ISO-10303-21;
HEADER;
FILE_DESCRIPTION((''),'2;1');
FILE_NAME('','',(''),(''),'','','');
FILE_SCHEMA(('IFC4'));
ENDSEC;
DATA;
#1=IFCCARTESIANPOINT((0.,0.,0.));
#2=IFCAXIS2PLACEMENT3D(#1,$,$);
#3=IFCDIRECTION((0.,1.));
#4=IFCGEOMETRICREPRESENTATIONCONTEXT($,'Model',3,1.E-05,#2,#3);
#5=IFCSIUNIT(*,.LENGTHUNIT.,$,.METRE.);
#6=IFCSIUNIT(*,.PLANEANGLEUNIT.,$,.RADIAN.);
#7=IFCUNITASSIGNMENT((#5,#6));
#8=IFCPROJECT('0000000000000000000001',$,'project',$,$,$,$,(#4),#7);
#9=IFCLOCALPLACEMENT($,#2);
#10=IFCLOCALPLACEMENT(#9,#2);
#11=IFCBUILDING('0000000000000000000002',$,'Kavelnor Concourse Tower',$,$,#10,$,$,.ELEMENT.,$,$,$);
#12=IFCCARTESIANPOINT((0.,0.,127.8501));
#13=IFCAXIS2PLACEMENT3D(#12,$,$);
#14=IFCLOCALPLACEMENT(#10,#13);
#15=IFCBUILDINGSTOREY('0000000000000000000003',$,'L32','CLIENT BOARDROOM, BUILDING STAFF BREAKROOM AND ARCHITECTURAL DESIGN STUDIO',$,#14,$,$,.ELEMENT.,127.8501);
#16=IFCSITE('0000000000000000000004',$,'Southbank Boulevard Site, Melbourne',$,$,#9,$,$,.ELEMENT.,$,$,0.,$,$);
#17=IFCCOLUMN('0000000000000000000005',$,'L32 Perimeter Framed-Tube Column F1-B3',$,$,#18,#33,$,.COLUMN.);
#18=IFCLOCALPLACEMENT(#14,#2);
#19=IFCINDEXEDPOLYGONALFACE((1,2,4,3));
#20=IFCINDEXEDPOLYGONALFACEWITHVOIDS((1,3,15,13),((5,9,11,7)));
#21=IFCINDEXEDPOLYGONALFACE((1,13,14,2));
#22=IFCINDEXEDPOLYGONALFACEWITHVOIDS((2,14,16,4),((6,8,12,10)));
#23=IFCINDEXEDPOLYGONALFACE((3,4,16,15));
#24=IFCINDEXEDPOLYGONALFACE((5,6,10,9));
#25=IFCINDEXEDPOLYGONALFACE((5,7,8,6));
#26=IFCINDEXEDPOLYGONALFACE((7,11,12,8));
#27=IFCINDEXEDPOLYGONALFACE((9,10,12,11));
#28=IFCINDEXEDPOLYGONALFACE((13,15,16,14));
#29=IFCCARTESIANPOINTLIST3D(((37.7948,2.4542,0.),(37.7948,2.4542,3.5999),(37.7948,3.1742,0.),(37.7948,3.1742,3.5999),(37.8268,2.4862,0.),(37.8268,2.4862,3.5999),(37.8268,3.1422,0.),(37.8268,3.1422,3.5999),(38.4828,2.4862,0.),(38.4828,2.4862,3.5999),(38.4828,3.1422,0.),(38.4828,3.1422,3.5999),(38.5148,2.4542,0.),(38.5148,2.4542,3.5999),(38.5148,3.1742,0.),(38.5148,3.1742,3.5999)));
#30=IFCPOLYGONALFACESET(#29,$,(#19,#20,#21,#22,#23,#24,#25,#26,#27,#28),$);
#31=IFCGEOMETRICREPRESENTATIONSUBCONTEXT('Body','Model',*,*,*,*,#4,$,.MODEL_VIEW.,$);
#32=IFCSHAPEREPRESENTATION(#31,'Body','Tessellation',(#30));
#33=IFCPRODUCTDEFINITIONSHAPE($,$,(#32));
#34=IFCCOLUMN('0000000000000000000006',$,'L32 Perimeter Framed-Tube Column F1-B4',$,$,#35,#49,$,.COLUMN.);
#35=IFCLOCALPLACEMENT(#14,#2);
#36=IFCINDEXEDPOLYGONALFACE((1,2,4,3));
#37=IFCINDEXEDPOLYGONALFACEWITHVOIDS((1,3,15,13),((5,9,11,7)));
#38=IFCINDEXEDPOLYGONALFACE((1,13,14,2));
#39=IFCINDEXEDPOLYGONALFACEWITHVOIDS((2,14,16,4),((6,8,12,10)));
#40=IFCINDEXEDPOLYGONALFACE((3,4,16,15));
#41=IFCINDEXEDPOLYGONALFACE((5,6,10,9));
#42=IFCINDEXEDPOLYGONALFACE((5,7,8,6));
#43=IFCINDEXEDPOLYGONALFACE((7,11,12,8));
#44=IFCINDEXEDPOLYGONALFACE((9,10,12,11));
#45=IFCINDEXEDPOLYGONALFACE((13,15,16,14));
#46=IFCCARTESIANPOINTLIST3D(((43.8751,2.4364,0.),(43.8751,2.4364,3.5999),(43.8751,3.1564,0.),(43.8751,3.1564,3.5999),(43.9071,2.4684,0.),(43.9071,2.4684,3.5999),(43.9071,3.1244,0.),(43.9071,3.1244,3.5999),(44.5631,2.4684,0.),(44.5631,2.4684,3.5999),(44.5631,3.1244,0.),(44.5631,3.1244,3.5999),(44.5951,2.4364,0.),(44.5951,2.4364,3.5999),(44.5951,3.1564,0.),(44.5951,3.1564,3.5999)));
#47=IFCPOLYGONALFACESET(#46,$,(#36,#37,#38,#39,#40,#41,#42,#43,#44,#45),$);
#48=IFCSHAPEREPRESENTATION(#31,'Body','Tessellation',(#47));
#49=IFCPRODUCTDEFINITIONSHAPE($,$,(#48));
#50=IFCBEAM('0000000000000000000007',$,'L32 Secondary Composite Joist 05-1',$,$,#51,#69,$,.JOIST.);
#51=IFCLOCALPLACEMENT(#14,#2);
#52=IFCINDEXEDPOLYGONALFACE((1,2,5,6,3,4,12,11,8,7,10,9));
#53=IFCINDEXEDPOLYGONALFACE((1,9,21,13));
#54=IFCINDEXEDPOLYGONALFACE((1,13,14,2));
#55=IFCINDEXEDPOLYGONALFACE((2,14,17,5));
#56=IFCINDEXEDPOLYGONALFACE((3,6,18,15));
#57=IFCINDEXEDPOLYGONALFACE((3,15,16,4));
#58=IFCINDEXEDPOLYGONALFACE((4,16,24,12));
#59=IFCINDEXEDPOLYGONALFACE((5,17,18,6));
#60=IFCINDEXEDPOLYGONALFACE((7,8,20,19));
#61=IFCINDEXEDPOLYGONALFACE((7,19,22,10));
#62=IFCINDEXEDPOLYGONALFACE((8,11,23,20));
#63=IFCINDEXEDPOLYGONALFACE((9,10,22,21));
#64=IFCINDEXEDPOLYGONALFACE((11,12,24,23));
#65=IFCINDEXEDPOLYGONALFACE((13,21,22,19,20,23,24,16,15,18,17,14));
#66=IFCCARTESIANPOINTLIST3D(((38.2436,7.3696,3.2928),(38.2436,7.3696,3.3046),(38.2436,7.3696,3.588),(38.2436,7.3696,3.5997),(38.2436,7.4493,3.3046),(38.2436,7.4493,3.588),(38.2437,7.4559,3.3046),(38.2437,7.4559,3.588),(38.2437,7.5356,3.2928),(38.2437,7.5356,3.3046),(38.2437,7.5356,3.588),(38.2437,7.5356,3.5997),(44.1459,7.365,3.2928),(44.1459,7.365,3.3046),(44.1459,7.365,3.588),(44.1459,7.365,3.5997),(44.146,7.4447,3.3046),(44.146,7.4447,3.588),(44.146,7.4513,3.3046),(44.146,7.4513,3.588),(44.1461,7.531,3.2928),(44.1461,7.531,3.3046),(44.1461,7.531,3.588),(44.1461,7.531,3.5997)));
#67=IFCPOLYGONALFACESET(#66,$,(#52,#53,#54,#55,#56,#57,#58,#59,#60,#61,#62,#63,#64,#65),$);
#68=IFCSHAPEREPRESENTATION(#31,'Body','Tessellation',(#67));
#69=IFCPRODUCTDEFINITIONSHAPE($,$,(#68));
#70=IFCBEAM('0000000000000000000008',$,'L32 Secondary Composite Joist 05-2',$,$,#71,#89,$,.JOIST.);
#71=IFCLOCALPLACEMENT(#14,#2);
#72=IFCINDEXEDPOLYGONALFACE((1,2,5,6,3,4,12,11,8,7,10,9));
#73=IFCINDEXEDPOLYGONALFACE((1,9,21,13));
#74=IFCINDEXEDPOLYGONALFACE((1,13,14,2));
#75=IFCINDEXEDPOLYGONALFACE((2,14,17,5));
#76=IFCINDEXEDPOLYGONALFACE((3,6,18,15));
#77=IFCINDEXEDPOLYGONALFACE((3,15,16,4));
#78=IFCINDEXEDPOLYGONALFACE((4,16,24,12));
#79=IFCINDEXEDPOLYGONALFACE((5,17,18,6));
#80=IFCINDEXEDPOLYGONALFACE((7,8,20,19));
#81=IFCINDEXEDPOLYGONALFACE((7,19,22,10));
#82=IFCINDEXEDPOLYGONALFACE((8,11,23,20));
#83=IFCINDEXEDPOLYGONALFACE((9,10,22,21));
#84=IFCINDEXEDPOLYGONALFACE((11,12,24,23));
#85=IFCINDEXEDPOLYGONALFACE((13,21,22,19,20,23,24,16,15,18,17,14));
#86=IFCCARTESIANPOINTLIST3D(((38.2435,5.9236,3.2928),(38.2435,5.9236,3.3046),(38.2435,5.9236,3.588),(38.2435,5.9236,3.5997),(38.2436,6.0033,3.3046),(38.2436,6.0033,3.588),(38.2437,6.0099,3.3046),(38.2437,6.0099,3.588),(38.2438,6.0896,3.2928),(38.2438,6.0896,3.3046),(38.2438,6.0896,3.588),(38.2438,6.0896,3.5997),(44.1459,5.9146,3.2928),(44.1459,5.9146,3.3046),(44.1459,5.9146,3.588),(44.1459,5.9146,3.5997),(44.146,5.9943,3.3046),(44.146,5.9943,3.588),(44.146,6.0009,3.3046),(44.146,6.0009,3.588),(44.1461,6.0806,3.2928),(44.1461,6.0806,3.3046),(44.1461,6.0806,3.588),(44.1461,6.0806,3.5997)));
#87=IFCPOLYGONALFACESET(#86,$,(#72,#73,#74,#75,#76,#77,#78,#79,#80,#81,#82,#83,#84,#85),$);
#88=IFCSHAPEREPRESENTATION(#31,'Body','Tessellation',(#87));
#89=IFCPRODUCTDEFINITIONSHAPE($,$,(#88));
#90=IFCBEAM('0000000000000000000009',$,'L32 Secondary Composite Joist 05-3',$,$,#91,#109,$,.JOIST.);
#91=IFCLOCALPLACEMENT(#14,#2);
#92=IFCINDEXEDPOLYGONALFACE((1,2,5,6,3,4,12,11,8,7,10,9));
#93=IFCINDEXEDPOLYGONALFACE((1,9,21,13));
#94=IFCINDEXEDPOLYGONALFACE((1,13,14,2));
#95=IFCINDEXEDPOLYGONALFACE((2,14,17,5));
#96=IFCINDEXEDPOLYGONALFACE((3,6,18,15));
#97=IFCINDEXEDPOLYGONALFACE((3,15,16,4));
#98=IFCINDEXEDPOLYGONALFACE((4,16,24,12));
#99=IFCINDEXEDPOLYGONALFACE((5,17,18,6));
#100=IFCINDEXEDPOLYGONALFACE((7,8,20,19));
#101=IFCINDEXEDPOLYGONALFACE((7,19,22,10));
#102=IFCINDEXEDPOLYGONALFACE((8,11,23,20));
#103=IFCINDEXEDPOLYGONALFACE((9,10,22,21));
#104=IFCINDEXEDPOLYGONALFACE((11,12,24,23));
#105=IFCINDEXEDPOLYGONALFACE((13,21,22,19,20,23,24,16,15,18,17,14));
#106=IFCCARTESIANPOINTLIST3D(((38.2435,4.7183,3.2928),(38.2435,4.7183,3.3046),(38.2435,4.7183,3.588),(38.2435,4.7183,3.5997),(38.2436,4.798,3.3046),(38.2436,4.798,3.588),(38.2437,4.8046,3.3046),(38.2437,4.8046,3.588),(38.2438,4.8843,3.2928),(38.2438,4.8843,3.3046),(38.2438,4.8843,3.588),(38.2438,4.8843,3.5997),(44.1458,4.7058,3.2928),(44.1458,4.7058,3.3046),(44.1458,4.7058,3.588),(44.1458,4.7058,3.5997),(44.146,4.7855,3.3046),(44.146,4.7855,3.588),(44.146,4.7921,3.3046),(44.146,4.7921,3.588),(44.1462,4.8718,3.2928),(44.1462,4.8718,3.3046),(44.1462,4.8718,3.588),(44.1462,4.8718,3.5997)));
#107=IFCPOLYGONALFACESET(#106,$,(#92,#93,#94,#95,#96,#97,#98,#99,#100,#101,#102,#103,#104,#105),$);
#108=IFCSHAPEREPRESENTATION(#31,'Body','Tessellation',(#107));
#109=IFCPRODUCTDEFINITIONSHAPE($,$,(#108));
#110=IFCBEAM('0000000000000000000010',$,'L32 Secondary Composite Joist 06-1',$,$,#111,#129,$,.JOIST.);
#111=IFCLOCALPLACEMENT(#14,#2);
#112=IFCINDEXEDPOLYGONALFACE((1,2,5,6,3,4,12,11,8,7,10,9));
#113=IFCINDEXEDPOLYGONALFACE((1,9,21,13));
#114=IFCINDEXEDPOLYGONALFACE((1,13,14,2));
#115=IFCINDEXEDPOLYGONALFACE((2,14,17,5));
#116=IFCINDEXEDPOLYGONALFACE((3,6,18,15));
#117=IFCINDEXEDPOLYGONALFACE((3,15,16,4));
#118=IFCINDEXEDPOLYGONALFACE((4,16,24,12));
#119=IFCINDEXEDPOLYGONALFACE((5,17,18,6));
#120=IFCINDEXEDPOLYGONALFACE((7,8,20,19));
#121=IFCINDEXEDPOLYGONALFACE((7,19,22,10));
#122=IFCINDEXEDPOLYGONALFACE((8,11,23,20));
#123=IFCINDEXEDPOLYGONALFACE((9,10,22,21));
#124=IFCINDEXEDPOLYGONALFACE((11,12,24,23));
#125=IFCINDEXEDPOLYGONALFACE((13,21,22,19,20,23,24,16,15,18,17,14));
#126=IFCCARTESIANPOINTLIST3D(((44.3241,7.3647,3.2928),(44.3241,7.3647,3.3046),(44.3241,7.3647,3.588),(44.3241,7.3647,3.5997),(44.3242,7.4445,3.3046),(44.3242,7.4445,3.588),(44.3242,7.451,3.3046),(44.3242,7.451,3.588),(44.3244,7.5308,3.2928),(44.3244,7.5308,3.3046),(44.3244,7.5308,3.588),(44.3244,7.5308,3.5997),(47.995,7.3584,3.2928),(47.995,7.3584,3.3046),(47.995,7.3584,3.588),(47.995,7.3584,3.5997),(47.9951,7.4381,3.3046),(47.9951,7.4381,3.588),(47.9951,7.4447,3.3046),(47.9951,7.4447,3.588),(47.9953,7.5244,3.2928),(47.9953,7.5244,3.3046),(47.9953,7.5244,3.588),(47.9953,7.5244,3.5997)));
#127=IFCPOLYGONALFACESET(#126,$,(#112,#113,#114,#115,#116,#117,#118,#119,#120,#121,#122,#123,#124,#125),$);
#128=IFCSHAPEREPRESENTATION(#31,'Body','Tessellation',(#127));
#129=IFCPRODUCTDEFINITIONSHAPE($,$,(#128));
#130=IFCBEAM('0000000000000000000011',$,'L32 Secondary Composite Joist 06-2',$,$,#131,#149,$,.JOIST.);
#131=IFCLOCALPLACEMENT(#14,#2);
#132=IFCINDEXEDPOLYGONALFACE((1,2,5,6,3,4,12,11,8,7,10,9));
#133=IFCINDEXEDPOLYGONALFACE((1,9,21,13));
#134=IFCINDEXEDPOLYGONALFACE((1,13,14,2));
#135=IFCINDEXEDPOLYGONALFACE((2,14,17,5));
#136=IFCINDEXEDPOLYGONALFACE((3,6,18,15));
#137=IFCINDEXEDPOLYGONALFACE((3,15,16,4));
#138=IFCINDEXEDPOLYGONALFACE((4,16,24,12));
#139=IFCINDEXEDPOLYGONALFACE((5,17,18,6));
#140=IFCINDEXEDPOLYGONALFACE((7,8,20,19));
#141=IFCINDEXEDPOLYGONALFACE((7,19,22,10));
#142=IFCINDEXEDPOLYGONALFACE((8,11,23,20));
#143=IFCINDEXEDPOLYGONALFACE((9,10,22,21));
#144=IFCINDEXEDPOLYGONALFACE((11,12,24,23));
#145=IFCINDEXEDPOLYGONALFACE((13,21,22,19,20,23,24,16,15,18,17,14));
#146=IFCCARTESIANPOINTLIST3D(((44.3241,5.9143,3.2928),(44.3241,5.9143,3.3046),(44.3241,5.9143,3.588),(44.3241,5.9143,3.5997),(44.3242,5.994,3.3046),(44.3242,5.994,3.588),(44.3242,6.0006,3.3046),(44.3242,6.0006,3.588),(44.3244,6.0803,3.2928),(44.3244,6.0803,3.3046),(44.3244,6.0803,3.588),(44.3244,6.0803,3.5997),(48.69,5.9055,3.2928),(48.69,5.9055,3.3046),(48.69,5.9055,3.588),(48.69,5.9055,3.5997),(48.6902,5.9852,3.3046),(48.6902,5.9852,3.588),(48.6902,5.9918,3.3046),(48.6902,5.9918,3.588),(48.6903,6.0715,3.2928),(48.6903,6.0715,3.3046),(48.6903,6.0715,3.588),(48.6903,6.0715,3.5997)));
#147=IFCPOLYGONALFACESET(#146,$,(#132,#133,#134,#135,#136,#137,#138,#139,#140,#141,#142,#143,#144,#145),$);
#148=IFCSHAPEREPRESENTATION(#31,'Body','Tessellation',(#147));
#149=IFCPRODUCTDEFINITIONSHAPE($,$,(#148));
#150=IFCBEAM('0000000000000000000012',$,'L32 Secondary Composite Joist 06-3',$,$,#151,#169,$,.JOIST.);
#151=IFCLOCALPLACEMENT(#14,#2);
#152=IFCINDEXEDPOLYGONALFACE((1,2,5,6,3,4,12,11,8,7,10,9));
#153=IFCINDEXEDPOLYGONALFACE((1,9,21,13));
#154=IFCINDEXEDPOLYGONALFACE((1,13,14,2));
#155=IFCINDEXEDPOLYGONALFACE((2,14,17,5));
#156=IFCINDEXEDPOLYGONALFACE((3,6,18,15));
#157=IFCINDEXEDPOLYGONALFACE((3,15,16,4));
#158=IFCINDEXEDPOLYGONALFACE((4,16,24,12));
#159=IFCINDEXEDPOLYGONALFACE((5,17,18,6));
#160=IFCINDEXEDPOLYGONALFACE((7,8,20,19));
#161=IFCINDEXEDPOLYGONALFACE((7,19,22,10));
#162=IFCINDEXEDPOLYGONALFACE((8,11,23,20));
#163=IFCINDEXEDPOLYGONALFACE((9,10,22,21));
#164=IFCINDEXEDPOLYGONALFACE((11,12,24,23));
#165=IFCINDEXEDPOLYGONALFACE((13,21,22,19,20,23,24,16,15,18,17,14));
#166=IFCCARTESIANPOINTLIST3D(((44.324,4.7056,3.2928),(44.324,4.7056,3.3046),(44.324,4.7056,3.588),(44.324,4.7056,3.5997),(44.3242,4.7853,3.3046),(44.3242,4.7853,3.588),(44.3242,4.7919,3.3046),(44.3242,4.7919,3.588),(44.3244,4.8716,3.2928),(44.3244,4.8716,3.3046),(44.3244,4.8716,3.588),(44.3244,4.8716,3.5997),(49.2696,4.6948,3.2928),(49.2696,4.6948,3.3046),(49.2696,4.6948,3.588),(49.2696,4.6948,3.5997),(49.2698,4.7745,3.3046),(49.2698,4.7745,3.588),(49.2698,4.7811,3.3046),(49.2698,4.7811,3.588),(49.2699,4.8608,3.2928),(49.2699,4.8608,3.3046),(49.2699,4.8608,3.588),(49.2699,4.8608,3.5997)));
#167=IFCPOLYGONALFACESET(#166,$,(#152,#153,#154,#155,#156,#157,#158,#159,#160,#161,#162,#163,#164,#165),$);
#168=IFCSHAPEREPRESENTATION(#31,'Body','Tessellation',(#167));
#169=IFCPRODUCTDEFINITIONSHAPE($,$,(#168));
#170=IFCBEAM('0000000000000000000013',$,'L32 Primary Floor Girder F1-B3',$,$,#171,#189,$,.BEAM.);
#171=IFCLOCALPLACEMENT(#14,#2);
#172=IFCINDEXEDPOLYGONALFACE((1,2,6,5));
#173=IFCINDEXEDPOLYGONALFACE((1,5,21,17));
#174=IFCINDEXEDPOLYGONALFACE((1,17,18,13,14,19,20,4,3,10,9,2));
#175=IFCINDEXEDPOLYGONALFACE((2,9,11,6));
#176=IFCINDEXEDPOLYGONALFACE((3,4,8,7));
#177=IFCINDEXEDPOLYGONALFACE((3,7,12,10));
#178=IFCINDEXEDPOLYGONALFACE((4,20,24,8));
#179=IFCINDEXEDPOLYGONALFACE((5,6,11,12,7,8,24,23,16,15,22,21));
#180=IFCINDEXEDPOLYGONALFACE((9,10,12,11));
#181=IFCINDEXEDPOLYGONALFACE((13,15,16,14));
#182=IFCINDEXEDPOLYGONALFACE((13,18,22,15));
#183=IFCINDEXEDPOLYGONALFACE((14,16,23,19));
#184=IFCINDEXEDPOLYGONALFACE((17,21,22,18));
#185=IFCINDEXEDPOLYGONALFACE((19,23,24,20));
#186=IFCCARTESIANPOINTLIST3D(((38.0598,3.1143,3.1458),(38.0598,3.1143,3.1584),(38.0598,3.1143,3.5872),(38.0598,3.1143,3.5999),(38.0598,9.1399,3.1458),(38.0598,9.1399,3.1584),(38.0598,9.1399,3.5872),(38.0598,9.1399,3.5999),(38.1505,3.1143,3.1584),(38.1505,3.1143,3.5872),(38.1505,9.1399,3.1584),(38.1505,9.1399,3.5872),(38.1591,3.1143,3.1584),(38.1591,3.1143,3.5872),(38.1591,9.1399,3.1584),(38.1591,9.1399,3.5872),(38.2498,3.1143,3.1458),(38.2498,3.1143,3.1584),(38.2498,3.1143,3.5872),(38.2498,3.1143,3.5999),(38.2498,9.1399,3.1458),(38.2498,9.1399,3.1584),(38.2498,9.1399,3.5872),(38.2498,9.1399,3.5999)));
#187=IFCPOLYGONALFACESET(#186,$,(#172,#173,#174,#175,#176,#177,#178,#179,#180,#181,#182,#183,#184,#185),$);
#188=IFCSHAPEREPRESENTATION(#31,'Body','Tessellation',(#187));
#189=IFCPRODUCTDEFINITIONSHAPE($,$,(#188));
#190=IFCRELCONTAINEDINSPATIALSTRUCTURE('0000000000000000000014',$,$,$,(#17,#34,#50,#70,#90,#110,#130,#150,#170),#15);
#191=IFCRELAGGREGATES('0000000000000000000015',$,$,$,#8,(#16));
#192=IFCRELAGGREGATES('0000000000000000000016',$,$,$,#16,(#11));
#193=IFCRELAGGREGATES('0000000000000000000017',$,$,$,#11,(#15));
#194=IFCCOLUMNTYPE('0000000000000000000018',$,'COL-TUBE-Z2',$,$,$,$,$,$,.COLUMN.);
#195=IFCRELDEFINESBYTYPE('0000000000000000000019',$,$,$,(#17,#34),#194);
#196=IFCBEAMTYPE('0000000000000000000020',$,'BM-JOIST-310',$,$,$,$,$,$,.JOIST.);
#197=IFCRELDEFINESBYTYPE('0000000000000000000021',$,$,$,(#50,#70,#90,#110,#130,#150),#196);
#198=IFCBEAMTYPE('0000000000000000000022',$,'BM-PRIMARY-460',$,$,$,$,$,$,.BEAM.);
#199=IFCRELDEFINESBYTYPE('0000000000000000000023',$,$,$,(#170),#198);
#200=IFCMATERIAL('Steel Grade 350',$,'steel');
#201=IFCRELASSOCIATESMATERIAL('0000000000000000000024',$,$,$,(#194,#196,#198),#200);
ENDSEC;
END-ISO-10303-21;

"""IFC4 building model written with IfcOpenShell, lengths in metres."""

from ifc_helpers import new_model, si_unit, direction, frame, origin, origin_2d, place, context, subcontext, project, spatial, hollow_rectangle, i_section, extrude, material, material_profile, profile_set, type_object, element, save


model = new_model("IFC4")

# Units and contexts
model_context = context("Model", 3, precision=1e-05, world=origin(), true_north=direction((0.0, 1.0)))
body_context = subcontext(model_context, "Body", "Model", "MODEL_VIEW")
ifc_project = project(units=[si_unit("LENGTHUNIT", "METRE"), si_unit("PLANEANGLEUNIT", "RADIAN")], contexts=[model_context])

# Site, building, storey
site_placement = place(None, origin())
site = spatial("IfcSite", under=ifc_project, at=site_placement, Name="Southbank Boulevard Site, Melbourne", CompositionType="ELEMENT", RefElevation=0.0)
building_placement = place(site_placement, origin())
building = spatial("IfcBuilding", under=site, at=building_placement, Name="Kavelnor Concourse Tower", CompositionType="ELEMENT")
storey_placement = place(building_placement, frame((0.0, 0.0, 127.8501)))
storey = spatial("IfcBuildingStorey", under=building, at=storey_placement, Name="L32", Description="CLIENT BOARDROOM, BUILDING STAFF BREAKROOM AND ARCHITECTURAL DESIGN STUDIO", CompositionType="ELEMENT", Elevation=127.8501)

# Columns
ifc_material_1 = material(Name="Steel Grade 350", Category="steel")
ifc_material_profile_1 = material_profile(ifc_material_1, hollow_rectangle(XDim=0.72, YDim=0.72, WallThickness=0.032, at=origin_2d()), Name="SHS 720x720x32")
ifc_profile_set_1 = profile_set([ifc_material_profile_1], Name="Steel Grade 350")
column_type = type_object("IfcColumnType", Name="COL-TUBE-Z2", PredefinedType="COLUMN", material=ifc_profile_set_1)
for number, where, z_axis, x_axis, name in (
    (1, (38.1548, 2.8142, 0.0), (0.0, 0.0, 1.0), (1.0, 0.0, 0.0), "L32 Perimeter Framed-Tube Column F1-B3"),
    (2, (44.2351, 2.7964, 0.0), (0.0, 0.0, 1.0), (1.0, 0.0, 0.0), "L32 Perimeter Framed-Tube Column F1-B4"),
):
    element("IfcColumn", number, at=place(storey_placement, frame(where, z_axis=z_axis, x_axis=x_axis)), inside=storey, type_object=column_type, Name=name, PredefinedType="COLUMN", context=body_context, shape_type="SweptSolid", body=[
        extrude(hollow_rectangle(XDim=0.72, YDim=0.72, WallThickness=0.032, at=origin_2d()), origin(), (0.0, 0.0, 1.0), 3.5999),
    ])

# Beams
ifc_material_profile_2 = material_profile(ifc_material_1, i_section(OverallWidth=0.166, OverallDepth=0.3069, WebThickness=0.0066, FlangeThickness=0.0117, at=origin_2d()), Name="310UB46")
ifc_profile_set_2 = profile_set([ifc_material_profile_2], Name="Steel Grade 350")
beam_type_1 = type_object("IfcBeamType", Name="BM-JOIST-310", PredefinedType="JOIST", material=ifc_profile_set_2)
for number, where, z_axis, x_axis, name in (
    (3, (38.2437, 7.4526, 3.4463), (1.0, -0.000786, 0.0), (0.000786, 1.0, 0.0), "L32 Secondary Composite Joist 05-1"),
    (4, (38.2437, 6.0066, 3.4463), (0.999999, -0.00153, 0.0), (0.00153, 0.999999, 0.0), "L32 Secondary Composite Joist 05-2"),
    (5, (38.2437, 4.8013, 3.4463), (0.999998, -0.00211, 0.0), (0.00211, 0.999998, 0.0), "L32 Secondary Composite Joist 05-3"),
):
    element("IfcBeam", number, at=place(storey_placement, frame(where, z_axis=z_axis, x_axis=x_axis)), inside=storey, type_object=beam_type_1, Name=name, PredefinedType="JOIST", context=body_context, shape_type="SweptSolid", body=[
        extrude(i_section(OverallWidth=0.166, OverallDepth=0.3069, WebThickness=0.0066, FlangeThickness=0.0117, at=origin_2d()), origin(), (0.0, 0.0, 1.0), 5.9023),
    ])
beam_1_placement = place(storey_placement, frame((44.3242, 7.4478, 3.4463), z_axis=(0.999999, -0.001729, 0.0), x_axis=(0.001729, 0.999999, 0.0)))
element("IfcBeam", 6, at=beam_1_placement, inside=storey, type_object=beam_type_1, Name="L32 Secondary Composite Joist 06-1", PredefinedType="JOIST", context=body_context, shape_type="SweptSolid", body=[
    extrude(i_section(OverallWidth=0.166, OverallDepth=0.3069, WebThickness=0.0066, FlangeThickness=0.0117, at=origin_2d()), origin(), (0.0, 0.0, 1.0), 3.6709),
])
beam_2_placement = place(storey_placement, frame((44.3242, 5.9973, 3.4463), z_axis=(0.999998, -0.002013, 0.0), x_axis=(0.002013, 0.999998, 0.0)))
element("IfcBeam", 7, at=beam_2_placement, inside=storey, type_object=beam_type_1, Name="L32 Secondary Composite Joist 06-2", PredefinedType="JOIST", context=body_context, shape_type="SweptSolid", body=[
    extrude(i_section(OverallWidth=0.166, OverallDepth=0.3069, WebThickness=0.0066, FlangeThickness=0.0117, at=origin_2d()), origin(), (0.0, 0.0, 1.0), 4.366),
])
beam_3_placement = place(storey_placement, frame((44.3242, 4.7886, 3.4463), z_axis=(0.999998, -0.002172, 0.0), x_axis=(0.002172, 0.999998, 0.0)))
element("IfcBeam", 8, at=beam_3_placement, inside=storey, type_object=beam_type_1, Name="L32 Secondary Composite Joist 06-3", PredefinedType="JOIST", context=body_context, shape_type="SweptSolid", body=[
    extrude(i_section(OverallWidth=0.166, OverallDepth=0.3069, WebThickness=0.0066, FlangeThickness=0.0117, at=origin_2d()), origin(), (0.0, 0.0, 1.0), 4.9456),
])
ifc_material_profile_3 = material_profile(ifc_material_1, i_section(OverallWidth=0.1899, OverallDepth=0.4541, WebThickness=0.0085, FlangeThickness=0.0127, at=origin_2d()), Name="460UB67")
ifc_profile_set_3 = profile_set([ifc_material_profile_3], Name="Steel Grade 350")
beam_type_2 = type_object("IfcBeamType", Name="BM-PRIMARY-460", PredefinedType="BEAM", material=ifc_profile_set_3)
beam_4_placement = place(storey_placement, frame((38.1548, 9.1399, 3.3728), z_axis=(0.0, -1.0, 0.0), x_axis=(1.0, 0.0, 0.0)))
element("IfcBeam", 9, at=beam_4_placement, inside=storey, type_object=beam_type_2, Name="L32 Primary Floor Girder F1-B3", PredefinedType="BEAM", context=body_context, shape_type="SweptSolid", body=[
    extrude(i_section(OverallWidth=0.1899, OverallDepth=0.4541, WebThickness=0.0085, FlangeThickness=0.0127, at=origin_2d()), origin(), (0.0, 0.0, 1.0), 6.0256),
])

save(model, "model.ifc")
